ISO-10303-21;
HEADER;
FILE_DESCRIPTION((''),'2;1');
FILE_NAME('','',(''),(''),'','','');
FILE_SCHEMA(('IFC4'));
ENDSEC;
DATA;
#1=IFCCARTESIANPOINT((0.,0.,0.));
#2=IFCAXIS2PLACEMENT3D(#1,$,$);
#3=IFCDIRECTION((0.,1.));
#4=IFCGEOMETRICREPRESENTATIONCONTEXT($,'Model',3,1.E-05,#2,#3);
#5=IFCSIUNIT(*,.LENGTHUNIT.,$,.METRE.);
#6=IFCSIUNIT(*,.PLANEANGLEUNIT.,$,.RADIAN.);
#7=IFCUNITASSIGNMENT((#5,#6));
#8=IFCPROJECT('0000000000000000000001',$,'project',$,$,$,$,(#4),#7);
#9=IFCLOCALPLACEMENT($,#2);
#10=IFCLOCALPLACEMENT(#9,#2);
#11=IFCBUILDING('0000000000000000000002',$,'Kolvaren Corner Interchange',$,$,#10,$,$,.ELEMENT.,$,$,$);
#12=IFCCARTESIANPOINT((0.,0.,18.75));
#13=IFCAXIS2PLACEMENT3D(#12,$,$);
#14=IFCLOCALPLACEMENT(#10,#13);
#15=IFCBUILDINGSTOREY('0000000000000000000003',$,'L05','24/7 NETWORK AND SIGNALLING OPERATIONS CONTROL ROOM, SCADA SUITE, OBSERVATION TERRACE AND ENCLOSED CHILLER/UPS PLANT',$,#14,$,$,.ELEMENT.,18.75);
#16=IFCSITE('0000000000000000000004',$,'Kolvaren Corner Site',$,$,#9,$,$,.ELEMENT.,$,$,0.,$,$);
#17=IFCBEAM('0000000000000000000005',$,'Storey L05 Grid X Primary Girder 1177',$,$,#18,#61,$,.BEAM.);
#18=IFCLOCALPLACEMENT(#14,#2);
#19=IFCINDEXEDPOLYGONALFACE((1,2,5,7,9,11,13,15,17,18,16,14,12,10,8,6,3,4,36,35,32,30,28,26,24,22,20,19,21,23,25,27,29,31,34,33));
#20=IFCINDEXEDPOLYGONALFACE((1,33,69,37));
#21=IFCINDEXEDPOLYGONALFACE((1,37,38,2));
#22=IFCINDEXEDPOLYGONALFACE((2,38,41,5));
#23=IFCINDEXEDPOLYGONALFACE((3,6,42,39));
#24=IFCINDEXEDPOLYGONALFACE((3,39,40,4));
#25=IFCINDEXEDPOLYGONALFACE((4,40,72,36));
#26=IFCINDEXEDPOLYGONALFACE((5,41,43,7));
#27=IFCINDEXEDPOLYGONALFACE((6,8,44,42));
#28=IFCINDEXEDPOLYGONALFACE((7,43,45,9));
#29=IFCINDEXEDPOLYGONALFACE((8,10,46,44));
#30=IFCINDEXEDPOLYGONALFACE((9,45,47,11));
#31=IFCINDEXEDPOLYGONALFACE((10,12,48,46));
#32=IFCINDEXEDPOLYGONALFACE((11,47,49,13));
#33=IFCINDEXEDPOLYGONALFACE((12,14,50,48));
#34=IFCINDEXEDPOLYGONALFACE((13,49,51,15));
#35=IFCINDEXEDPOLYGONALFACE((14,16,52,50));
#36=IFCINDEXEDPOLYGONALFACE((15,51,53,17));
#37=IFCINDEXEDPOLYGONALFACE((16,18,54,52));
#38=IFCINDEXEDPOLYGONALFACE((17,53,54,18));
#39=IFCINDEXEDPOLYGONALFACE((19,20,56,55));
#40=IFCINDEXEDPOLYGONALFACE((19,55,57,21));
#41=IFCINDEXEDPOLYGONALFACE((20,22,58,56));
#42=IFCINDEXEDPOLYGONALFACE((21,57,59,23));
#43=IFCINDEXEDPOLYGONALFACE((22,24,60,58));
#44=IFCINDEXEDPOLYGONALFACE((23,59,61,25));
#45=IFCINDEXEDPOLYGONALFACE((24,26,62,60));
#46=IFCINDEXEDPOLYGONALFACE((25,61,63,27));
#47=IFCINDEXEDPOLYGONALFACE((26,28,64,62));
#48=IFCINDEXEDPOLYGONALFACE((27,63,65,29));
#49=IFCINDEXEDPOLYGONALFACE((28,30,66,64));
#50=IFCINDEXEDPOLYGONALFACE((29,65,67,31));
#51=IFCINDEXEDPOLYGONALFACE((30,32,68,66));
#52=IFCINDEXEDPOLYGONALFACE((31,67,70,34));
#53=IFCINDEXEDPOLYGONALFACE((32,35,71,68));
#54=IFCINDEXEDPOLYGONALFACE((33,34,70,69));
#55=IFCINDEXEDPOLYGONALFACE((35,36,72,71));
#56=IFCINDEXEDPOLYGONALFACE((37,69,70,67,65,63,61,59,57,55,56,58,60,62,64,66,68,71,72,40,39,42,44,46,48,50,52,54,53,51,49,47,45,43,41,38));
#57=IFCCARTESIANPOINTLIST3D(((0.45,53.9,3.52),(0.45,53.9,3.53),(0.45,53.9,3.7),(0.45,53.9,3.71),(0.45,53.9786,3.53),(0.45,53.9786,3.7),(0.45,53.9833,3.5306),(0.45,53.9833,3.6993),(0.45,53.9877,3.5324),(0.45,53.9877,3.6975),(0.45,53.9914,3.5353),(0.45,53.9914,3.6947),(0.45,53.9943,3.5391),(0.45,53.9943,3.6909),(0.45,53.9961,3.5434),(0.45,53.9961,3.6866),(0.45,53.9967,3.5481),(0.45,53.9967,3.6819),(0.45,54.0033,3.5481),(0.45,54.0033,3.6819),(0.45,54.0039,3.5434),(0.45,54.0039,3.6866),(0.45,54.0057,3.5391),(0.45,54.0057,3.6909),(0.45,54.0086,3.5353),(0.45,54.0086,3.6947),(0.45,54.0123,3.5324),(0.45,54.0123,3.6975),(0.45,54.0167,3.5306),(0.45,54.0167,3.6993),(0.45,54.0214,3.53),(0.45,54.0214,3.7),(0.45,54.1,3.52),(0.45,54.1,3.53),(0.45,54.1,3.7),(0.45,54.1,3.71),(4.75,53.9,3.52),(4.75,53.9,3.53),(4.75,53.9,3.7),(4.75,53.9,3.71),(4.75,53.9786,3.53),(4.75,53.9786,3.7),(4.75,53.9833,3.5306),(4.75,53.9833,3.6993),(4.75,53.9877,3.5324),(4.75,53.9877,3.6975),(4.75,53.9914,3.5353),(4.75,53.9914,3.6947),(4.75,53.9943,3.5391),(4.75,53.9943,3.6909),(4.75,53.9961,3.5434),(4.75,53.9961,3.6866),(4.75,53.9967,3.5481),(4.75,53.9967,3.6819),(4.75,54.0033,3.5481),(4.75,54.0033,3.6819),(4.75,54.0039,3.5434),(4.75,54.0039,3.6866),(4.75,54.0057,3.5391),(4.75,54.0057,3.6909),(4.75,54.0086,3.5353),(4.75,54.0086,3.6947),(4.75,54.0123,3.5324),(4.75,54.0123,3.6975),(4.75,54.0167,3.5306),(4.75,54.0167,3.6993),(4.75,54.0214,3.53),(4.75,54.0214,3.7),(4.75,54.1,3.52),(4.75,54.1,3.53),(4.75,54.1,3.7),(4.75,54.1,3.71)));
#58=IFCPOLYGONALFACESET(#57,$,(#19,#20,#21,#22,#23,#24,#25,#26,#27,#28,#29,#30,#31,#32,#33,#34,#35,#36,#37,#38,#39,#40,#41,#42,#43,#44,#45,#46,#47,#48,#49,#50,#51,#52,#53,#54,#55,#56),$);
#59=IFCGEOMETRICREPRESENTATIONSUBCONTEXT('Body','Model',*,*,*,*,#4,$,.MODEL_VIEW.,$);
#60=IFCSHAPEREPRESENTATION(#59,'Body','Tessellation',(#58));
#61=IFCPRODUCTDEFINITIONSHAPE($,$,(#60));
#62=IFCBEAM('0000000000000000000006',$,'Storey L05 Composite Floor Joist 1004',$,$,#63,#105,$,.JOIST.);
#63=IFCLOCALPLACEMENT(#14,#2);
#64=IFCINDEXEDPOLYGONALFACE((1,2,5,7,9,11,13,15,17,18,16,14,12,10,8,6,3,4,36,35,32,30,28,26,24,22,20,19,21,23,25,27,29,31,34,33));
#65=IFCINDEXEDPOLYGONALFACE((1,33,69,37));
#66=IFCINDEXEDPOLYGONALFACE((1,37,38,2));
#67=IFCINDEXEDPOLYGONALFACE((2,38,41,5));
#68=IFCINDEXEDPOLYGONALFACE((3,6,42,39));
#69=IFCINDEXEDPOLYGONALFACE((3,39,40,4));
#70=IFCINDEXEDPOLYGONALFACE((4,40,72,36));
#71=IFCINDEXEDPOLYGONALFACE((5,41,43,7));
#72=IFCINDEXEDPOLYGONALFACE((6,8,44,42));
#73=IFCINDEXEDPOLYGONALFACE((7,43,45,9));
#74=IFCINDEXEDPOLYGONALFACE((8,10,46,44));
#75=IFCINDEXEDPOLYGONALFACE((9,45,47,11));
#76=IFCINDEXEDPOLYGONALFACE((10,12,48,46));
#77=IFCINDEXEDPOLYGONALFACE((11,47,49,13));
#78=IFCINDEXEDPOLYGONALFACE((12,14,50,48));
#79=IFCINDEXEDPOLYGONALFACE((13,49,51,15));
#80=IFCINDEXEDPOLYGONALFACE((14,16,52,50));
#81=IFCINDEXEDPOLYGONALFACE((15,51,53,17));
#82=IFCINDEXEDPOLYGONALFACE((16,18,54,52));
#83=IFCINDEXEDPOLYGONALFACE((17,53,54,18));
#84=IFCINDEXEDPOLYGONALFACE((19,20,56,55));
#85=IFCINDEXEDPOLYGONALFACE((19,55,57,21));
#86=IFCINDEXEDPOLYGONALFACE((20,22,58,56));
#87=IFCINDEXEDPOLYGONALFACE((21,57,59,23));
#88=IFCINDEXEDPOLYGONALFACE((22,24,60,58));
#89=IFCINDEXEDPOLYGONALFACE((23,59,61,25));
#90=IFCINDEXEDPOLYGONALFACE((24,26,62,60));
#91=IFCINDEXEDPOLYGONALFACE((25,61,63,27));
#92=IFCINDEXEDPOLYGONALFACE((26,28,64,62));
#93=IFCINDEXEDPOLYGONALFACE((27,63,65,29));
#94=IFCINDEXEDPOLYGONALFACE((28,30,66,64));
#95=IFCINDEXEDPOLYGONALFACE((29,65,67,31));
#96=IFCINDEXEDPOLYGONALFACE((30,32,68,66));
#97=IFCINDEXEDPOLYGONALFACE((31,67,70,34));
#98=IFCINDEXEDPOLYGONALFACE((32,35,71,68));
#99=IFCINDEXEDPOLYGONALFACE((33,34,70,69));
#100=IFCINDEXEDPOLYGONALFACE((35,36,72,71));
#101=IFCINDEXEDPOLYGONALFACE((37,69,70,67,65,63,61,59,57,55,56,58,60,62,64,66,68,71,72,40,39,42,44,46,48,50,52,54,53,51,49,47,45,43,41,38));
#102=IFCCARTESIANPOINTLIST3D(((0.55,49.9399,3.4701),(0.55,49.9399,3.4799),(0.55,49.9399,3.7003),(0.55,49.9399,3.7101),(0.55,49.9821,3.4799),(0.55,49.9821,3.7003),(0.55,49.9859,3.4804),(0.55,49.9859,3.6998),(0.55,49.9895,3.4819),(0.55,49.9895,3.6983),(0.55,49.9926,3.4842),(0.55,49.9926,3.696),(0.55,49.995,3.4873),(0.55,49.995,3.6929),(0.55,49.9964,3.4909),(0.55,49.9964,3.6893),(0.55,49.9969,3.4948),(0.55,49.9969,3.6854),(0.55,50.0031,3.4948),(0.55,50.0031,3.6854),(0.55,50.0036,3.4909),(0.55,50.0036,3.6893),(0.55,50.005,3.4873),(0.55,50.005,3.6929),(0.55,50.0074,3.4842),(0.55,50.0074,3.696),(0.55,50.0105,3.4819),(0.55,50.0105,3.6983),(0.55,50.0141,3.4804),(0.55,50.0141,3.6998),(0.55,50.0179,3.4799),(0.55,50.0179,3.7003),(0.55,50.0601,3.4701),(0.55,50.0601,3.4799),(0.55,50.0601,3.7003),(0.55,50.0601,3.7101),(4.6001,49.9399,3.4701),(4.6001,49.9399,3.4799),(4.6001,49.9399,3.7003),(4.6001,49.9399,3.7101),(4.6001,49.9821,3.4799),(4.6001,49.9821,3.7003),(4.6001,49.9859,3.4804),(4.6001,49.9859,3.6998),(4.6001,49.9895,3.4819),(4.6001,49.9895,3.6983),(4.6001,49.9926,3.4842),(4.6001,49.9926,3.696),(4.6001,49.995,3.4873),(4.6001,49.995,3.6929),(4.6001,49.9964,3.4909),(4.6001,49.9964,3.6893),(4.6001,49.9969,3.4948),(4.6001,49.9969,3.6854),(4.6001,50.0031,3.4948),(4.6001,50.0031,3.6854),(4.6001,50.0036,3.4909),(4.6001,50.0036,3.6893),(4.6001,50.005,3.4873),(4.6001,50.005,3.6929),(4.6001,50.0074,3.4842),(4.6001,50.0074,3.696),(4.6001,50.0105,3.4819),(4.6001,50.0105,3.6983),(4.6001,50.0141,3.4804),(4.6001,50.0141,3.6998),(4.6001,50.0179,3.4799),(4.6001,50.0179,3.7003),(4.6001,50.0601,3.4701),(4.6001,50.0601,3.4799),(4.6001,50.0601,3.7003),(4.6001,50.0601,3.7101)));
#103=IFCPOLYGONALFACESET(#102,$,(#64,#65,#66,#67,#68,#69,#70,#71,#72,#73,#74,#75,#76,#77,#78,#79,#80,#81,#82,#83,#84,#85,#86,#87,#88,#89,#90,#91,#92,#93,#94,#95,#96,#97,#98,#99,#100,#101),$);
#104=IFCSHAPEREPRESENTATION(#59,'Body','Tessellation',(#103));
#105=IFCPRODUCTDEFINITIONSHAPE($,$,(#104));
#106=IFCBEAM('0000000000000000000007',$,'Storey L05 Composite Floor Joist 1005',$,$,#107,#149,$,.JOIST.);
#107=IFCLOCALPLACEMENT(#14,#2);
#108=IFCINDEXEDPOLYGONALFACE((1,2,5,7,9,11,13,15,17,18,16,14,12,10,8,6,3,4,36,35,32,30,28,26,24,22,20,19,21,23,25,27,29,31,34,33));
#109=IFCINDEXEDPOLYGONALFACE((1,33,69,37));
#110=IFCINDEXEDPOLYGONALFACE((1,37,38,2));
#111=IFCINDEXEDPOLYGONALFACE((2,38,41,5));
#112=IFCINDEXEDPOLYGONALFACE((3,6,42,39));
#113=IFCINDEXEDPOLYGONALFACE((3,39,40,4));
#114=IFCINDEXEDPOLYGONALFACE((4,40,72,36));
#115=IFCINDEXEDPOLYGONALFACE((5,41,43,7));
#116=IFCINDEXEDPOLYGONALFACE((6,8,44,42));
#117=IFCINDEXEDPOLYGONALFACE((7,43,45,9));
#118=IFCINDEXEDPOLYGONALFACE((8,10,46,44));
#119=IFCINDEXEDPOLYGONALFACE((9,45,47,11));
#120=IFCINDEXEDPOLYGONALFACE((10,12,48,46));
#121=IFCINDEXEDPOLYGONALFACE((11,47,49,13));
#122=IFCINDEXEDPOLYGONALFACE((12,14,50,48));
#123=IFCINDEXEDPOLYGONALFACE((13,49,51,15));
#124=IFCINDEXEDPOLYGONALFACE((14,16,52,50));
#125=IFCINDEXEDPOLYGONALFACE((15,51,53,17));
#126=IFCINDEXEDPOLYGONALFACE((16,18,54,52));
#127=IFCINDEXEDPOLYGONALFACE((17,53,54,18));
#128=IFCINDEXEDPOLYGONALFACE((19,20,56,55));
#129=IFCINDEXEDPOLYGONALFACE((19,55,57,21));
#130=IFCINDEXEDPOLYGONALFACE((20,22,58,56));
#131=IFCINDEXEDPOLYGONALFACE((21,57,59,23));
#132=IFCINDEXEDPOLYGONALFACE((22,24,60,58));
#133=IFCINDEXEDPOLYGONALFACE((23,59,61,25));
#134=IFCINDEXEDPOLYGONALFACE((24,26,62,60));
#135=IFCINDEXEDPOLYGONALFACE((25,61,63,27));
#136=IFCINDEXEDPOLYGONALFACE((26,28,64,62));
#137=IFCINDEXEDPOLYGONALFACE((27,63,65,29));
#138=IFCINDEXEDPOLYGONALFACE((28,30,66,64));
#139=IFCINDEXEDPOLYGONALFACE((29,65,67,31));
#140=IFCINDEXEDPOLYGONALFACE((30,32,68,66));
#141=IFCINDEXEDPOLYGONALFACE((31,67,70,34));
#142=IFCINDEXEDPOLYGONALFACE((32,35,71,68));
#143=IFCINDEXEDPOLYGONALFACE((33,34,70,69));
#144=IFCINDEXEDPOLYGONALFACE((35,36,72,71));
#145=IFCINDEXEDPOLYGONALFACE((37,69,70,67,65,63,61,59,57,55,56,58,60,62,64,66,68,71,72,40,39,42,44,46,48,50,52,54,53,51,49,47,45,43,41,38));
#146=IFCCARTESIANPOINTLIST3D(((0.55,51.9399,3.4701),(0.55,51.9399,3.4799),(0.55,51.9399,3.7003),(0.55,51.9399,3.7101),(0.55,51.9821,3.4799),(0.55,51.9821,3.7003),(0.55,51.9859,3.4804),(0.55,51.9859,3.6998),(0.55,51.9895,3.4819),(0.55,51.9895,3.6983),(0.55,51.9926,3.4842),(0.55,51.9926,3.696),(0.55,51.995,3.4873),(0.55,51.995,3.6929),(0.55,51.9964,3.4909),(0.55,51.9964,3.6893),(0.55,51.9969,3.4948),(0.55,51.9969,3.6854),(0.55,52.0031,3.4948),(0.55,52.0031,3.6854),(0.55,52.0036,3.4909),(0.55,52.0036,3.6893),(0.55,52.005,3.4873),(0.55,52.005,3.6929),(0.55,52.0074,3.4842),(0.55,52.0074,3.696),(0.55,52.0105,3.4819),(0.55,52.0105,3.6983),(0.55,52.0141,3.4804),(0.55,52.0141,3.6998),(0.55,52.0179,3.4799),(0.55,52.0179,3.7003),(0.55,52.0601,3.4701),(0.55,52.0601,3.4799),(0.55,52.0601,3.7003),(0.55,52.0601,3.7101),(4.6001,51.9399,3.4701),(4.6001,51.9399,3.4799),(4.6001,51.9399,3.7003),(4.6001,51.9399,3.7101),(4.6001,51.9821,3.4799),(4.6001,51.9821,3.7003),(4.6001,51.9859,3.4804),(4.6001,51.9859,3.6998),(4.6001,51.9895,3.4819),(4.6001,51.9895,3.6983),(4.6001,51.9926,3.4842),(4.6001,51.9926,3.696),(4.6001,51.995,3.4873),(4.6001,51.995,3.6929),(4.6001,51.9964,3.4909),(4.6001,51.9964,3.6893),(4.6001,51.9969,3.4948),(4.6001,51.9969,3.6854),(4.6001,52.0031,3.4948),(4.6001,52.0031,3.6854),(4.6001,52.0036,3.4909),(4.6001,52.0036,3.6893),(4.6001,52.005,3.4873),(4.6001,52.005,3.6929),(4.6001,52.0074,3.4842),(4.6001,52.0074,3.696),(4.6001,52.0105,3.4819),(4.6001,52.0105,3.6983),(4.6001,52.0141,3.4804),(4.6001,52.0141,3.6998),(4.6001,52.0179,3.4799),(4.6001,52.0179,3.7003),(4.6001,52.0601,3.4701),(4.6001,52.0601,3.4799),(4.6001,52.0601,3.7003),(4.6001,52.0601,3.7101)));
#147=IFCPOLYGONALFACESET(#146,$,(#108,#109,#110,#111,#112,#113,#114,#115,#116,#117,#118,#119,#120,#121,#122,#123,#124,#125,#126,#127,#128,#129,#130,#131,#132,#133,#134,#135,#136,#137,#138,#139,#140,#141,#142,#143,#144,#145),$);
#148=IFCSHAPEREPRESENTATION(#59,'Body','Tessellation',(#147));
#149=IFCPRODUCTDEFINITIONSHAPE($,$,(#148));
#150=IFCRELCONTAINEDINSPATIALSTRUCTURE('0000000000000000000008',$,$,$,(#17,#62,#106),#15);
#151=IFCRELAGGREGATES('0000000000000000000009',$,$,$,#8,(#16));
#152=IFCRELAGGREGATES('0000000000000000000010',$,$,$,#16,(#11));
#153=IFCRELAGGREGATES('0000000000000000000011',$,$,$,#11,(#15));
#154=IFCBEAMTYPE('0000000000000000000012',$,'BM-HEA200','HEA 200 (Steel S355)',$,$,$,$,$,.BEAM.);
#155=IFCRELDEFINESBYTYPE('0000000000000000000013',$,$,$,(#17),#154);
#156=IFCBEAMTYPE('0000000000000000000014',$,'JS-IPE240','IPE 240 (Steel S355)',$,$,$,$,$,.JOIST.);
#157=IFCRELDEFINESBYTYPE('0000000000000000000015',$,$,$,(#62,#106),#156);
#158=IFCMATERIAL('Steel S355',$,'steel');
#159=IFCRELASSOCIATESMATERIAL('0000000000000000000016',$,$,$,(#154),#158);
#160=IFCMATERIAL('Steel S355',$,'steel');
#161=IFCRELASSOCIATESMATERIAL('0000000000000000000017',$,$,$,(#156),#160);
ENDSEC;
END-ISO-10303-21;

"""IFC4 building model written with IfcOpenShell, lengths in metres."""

from ifc_helpers import new_model, si_unit, direction, frame, origin, origin_2d, place, context, subcontext, project, spatial, i_section, extrude, material, material_profile, profile_set, type_object, element, save


model = new_model("IFC4")

# Units and contexts
model_context = context("Model", 3, precision=1e-05, world=origin(), true_north=direction((0.0, 1.0)))
body_context = subcontext(model_context, "Body", "Model", "MODEL_VIEW")
ifc_project = project(units=[si_unit("LENGTHUNIT", "METRE"), si_unit("PLANEANGLEUNIT", "RADIAN")], contexts=[model_context])

# Site, building, storey
site_placement = place(None, origin())
site = spatial("IfcSite", under=ifc_project, at=site_placement, Name="Kolvaren Corner Site", CompositionType="ELEMENT", RefElevation=0.0)
building_placement = place(site_placement, origin())
building = spatial("IfcBuilding", under=site, at=building_placement, Name="Kolvaren Corner Interchange", CompositionType="ELEMENT")
storey_placement = place(building_placement, frame((0.0, 0.0, 18.75)))
storey = spatial("IfcBuildingStorey", under=building, at=storey_placement, Name="L05", Description="24/7 NETWORK AND SIGNALLING OPERATIONS CONTROL ROOM, SCADA SUITE, OBSERVATION TERRACE AND ENCLOSED CHILLER/UPS PLANT", CompositionType="ELEMENT", Elevation=18.75)

# Beams
ifc_material_1 = material(Name="Steel S355", Category="steel")
ifc_material_profile_1 = material_profile(ifc_material_1, i_section(OverallWidth=0.2, OverallDepth=0.1899, WebThickness=0.0066, FlangeThickness=0.01, FilletRadius=0.0181, at=origin_2d()), Name="HEA 200")
ifc_profile_set_1 = profile_set([ifc_material_profile_1], Name="Steel S355")
beam_type_1 = type_object("IfcBeamType", Name="BM-HEA200", Description="HEA 200 (Steel S355)", PredefinedType="BEAM", material=ifc_profile_set_1)
for number, where, z_axis, x_axis, name in (
    (1, (0.45, 54.0, 3.615), (1.0, 0.0, 0.0), (0.0, 1.0, 0.0), "Storey L05 Grid X Primary Girder 1177"),
):
    element("IfcBeam", number, at=place(storey_placement, frame(where, z_axis=z_axis, x_axis=x_axis)), inside=storey, type_object=beam_type_1, Name=name, PredefinedType="BEAM", context=body_context, shape_type="SweptSolid", body=[
        extrude(i_section(OverallWidth=0.2, OverallDepth=0.1899, WebThickness=0.0066, FlangeThickness=0.01, FilletRadius=0.0181, at=origin_2d()), origin(), (0.0, 0.0, 1.0), 4.3),
    ])
ifc_material_2 = material(Name="Steel S355", Category="steel")
ifc_material_profile_2 = material_profile(ifc_material_2, i_section(OverallWidth=0.1201, OverallDepth=0.24, WebThickness=0.0061, FlangeThickness=0.0098, FilletRadius=0.0149, at=origin_2d()), Name="IPE 240")
ifc_profile_set_2 = profile_set([ifc_material_profile_2], Name="Steel S355")
beam_type_2 = type_object("IfcBeamType", Name="JS-IPE240", Description="IPE 240 (Steel S355)", PredefinedType="JOIST", material=ifc_profile_set_2)
for number, where, z_axis, x_axis, name in (
    (2, (0.55, 50.0, 3.5901), (1.0, 0.0, 0.0), (0.0, 1.0, 0.0), "Storey L05 Composite Floor Joist 1004"),
    (3, (0.55, 52.0, 3.5901), (1.0, 0.0, 0.0), (0.0, 1.0, 0.0), "Storey L05 Composite Floor Joist 1005"),
):
    element("IfcBeam", number, at=place(storey_placement, frame(where, z_axis=z_axis, x_axis=x_axis)), inside=storey, type_object=beam_type_2, Name=name, PredefinedType="JOIST", context=body_context, shape_type="SweptSolid", body=[
        extrude(i_section(OverallWidth=0.1201, OverallDepth=0.24, WebThickness=0.0061, FlangeThickness=0.0098, FilletRadius=0.0149, at=origin_2d()), origin(), (0.0, 0.0, 1.0), 4.05),
    ])

save(model, "model.ifc")
